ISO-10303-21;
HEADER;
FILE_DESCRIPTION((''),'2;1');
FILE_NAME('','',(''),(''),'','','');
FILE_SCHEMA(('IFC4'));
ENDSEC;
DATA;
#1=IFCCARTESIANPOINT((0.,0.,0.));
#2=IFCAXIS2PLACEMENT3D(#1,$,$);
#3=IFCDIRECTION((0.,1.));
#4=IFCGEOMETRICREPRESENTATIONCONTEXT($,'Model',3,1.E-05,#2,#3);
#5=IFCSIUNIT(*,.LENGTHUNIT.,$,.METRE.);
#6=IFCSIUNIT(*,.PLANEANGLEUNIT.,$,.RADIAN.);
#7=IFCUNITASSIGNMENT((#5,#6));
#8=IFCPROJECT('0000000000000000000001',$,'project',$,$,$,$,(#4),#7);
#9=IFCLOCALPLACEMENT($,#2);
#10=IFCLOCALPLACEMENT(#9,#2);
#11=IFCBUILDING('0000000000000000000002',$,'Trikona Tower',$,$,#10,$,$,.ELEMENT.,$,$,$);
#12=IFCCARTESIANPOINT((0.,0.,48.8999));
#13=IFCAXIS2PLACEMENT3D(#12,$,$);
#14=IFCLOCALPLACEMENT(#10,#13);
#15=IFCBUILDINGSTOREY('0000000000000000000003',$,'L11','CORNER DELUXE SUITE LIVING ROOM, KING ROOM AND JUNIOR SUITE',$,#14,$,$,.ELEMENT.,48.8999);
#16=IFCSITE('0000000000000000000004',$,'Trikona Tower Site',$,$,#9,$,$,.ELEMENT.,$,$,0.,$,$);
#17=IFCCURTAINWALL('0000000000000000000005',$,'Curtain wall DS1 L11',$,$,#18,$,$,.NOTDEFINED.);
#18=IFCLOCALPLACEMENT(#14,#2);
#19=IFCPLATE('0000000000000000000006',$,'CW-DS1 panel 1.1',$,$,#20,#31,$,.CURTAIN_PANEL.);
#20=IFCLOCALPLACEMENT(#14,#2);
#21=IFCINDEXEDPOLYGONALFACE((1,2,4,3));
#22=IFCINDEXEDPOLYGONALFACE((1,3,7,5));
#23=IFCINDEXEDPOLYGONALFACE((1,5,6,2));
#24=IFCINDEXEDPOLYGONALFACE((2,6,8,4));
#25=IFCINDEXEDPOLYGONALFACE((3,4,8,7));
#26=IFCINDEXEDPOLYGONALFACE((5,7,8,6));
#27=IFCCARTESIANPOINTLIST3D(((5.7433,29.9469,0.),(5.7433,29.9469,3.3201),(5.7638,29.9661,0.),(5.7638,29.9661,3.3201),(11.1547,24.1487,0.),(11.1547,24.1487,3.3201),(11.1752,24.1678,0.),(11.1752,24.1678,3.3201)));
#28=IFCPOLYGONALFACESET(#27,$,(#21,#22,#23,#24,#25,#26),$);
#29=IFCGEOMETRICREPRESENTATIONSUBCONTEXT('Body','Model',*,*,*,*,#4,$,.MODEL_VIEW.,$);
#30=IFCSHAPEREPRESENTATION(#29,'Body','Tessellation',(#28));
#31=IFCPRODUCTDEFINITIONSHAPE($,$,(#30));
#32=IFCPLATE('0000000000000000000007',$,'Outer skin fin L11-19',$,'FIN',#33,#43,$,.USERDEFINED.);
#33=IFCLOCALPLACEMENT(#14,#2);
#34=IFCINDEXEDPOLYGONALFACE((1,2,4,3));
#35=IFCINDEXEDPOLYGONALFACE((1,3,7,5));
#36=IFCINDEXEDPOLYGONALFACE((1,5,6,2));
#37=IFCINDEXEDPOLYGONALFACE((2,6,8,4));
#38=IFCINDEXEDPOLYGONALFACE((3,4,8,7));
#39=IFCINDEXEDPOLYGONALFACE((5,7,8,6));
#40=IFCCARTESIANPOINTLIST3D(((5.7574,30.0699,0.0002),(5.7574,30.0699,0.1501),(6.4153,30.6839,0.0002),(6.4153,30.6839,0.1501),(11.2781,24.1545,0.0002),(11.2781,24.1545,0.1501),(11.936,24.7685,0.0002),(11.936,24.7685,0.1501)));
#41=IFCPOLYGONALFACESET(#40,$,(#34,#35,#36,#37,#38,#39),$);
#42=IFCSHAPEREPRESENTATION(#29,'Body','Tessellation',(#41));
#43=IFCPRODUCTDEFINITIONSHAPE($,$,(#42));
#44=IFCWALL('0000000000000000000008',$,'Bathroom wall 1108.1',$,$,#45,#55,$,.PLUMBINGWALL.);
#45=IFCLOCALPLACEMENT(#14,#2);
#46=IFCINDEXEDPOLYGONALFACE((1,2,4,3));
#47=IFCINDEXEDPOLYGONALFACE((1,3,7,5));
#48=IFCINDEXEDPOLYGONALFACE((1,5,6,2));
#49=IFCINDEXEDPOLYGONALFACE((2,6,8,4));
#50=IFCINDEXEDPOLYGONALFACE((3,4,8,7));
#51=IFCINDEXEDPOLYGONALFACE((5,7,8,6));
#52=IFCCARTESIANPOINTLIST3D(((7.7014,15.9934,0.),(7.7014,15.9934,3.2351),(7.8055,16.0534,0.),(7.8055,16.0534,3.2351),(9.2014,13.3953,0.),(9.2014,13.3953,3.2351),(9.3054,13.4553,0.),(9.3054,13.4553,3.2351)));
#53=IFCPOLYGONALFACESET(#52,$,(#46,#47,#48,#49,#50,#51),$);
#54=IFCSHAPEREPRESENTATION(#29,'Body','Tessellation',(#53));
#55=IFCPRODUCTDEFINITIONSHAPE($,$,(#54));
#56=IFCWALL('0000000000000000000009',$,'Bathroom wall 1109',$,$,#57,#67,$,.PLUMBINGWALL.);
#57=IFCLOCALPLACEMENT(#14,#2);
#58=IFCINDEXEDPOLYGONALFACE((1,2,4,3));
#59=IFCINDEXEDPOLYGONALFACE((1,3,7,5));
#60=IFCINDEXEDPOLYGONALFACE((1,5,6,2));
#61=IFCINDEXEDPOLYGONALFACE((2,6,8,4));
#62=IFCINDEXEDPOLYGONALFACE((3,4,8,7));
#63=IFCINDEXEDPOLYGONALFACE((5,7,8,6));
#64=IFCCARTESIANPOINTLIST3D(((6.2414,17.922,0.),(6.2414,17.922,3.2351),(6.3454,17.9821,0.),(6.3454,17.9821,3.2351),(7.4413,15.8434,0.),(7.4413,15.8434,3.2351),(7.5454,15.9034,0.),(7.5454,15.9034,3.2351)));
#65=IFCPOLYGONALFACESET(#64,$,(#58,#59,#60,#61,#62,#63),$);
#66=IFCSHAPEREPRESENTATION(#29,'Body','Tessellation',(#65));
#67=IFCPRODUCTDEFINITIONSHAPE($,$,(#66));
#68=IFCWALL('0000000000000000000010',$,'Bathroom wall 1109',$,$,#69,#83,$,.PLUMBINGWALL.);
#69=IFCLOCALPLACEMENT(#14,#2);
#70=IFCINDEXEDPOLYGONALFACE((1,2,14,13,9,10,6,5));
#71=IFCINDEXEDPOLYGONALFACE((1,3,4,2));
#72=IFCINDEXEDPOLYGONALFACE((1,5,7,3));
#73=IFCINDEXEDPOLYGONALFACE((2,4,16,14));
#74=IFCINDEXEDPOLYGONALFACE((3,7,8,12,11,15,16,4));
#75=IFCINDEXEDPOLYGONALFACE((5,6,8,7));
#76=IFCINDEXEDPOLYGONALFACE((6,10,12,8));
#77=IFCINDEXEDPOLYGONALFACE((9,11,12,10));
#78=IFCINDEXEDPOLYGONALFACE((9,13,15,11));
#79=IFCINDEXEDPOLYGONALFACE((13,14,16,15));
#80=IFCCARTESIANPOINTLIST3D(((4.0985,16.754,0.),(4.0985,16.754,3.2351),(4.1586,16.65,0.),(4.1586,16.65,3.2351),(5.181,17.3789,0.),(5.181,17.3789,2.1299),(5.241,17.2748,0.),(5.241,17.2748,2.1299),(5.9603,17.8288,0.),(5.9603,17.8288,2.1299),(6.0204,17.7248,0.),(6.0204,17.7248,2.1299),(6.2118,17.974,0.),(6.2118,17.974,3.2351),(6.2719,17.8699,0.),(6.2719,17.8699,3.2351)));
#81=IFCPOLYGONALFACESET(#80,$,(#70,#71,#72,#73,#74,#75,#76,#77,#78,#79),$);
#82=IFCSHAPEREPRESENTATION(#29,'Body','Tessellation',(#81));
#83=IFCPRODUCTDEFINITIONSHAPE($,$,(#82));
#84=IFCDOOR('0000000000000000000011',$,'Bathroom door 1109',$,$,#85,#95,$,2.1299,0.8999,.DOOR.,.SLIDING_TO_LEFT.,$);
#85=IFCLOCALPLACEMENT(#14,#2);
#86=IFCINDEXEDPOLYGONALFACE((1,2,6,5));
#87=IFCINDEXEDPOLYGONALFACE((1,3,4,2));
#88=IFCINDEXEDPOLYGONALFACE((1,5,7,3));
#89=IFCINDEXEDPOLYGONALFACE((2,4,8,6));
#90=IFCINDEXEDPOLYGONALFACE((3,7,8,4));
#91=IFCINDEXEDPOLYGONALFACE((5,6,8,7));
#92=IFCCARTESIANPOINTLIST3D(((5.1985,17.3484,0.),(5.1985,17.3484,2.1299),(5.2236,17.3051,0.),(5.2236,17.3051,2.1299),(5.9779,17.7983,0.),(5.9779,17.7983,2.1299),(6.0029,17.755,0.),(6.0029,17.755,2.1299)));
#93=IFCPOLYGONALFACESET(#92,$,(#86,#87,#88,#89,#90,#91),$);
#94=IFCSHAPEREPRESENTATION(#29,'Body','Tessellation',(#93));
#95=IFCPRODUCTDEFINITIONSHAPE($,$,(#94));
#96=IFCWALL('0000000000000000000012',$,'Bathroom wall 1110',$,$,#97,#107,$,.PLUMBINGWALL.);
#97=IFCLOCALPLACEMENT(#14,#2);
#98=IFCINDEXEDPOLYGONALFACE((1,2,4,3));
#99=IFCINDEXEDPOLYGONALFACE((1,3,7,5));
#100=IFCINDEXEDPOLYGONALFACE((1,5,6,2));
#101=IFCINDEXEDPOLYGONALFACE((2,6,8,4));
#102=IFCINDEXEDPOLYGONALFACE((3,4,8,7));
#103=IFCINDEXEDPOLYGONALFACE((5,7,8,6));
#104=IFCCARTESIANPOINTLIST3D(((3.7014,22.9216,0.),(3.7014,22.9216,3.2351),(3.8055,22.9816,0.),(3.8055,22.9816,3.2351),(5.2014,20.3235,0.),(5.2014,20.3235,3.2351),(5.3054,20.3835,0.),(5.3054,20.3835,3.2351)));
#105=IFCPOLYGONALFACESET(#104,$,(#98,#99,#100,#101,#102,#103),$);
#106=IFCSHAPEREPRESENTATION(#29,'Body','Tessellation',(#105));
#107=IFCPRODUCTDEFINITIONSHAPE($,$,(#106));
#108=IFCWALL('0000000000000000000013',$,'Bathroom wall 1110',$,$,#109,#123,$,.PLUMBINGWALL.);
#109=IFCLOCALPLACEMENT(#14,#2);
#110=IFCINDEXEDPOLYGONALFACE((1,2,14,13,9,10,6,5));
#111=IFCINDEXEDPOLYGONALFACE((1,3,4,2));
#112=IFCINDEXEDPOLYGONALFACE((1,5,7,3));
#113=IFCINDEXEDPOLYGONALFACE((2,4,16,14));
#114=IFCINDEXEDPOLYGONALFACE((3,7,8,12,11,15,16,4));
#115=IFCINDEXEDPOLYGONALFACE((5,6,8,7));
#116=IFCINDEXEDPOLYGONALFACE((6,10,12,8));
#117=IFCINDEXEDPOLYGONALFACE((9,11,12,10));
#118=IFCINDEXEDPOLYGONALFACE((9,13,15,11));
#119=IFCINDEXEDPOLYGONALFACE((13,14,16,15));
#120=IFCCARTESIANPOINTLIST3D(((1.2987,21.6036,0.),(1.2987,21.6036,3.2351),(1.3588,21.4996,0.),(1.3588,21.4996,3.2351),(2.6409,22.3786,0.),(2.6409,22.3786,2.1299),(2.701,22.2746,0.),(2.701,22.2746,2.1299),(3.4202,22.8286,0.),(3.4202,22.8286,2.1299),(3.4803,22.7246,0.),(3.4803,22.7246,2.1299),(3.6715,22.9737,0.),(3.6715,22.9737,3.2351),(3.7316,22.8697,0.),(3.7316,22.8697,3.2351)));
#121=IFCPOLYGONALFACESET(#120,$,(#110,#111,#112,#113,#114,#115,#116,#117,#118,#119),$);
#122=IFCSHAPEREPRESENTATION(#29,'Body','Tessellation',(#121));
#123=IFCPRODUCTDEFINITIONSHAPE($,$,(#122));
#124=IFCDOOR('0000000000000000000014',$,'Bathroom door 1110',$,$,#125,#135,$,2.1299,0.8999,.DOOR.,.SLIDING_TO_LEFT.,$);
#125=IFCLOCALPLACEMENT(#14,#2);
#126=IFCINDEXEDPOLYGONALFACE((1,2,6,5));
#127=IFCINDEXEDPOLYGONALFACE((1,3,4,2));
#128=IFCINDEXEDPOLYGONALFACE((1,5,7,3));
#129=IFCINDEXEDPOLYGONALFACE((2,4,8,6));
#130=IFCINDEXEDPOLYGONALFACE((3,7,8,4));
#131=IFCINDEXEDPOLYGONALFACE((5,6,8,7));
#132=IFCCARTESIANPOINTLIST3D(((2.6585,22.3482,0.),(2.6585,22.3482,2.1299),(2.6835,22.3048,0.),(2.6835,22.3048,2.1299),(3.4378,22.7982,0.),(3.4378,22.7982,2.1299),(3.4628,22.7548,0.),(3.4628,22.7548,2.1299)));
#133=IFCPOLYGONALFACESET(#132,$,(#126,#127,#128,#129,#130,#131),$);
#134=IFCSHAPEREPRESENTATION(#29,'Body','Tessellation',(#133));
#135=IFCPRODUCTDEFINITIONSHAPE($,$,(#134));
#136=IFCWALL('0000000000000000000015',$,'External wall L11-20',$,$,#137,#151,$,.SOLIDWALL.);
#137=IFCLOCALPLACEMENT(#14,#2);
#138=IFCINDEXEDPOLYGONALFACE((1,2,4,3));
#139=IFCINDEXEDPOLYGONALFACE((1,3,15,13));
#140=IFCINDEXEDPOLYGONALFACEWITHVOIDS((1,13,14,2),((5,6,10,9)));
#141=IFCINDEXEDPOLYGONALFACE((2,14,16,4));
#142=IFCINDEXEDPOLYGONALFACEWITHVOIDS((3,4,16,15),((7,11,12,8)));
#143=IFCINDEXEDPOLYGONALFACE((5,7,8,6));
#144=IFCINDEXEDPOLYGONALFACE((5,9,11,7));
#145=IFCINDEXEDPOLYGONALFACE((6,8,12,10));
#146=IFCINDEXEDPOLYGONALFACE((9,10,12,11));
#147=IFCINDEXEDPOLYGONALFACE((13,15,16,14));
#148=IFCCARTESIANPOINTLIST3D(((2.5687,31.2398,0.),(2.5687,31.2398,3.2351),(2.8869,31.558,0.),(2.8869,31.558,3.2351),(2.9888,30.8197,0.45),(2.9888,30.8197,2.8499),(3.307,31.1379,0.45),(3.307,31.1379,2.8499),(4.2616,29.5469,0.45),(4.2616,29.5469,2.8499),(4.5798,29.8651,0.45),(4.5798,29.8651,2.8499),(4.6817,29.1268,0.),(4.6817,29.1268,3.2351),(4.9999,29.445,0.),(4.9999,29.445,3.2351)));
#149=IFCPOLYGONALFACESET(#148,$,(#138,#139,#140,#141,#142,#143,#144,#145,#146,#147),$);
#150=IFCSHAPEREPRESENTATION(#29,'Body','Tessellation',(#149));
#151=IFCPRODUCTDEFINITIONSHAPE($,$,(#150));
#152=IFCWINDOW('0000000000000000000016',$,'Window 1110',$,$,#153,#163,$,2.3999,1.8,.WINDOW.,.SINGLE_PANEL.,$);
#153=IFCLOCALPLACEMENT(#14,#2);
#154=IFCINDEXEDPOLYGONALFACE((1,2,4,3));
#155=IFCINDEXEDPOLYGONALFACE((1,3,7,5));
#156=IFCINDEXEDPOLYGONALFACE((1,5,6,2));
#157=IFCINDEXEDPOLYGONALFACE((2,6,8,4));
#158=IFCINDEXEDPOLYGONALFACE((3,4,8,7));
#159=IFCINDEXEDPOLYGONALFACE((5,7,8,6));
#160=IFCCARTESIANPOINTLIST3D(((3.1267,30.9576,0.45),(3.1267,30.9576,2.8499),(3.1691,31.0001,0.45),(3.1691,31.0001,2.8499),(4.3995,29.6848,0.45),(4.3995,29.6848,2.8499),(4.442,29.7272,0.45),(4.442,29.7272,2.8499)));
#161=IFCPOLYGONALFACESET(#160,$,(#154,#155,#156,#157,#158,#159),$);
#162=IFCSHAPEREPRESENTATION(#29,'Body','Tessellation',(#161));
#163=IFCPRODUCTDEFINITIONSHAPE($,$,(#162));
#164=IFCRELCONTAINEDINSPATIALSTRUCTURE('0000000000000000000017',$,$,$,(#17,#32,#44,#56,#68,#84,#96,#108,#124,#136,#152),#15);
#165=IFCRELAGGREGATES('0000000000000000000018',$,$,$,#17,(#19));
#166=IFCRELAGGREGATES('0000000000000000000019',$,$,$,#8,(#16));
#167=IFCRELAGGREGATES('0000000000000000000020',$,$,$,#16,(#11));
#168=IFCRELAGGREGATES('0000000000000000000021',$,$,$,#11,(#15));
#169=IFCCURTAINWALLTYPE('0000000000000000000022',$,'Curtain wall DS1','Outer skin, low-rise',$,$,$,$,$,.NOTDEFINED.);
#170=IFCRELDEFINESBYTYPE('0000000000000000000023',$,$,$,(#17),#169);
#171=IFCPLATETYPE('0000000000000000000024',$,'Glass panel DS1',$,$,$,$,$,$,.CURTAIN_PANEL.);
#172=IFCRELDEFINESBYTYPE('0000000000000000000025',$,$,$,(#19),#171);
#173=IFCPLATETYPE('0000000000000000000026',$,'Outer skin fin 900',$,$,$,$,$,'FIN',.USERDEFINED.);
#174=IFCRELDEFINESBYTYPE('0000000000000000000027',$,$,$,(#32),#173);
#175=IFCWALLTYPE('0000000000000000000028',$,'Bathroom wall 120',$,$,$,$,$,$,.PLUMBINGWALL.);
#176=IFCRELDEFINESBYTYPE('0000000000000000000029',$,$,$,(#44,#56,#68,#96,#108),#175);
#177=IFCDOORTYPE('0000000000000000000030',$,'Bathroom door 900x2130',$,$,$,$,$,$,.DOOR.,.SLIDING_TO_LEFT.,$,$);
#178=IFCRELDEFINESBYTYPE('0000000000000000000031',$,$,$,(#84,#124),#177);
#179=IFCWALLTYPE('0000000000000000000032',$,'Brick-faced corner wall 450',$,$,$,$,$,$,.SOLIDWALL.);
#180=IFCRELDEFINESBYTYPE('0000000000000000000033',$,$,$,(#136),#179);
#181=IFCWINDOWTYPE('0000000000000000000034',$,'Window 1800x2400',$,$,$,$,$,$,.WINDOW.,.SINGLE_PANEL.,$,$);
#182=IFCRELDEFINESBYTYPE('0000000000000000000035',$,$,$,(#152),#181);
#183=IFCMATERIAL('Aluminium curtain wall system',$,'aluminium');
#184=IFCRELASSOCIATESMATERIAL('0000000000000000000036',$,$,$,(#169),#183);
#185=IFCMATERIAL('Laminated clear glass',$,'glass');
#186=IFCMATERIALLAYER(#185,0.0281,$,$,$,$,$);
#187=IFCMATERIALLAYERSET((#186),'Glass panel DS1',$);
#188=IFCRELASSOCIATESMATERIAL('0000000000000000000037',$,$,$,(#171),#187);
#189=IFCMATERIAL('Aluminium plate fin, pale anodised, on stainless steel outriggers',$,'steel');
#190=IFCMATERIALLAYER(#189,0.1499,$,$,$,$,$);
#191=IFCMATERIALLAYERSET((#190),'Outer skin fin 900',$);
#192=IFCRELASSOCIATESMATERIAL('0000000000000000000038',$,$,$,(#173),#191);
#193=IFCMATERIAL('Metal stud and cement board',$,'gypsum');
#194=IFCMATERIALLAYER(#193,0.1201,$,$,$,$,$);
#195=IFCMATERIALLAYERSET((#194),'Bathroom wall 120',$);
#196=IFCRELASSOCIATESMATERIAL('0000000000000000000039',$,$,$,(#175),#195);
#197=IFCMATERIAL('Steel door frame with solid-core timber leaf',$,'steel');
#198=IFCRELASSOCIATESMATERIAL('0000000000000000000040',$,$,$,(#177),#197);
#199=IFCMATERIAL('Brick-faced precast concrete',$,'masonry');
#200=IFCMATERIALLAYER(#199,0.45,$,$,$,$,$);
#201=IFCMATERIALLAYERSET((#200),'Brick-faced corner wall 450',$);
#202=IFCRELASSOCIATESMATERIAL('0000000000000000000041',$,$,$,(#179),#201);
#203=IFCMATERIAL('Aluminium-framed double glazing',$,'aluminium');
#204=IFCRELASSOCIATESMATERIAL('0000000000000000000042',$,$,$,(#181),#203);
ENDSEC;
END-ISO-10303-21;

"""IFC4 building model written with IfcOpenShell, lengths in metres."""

from ifc_helpers import new_model, si_unit, direction, frame, frame_2d, origin, origin_2d, place, context, subcontext, project, spatial, rectangle, extrude, material, layer, layer_set, type_object, element, fill, aggregate, save


model = new_model("IFC4")

# Units and contexts
model_context = context("Model", 3, precision=1e-05, world=origin(), true_north=direction((0.0, 1.0)))
body_context = subcontext(model_context, "Body", "Model", "MODEL_VIEW")
ifc_project = project(units=[si_unit("LENGTHUNIT", "METRE"), si_unit("PLANEANGLEUNIT", "RADIAN")], contexts=[model_context])

# Site, building, storey
site_placement = place(None, origin())
site = spatial("IfcSite", under=ifc_project, at=site_placement, Name="Trikona Tower Site", CompositionType="ELEMENT", RefElevation=0.0)
building_placement = place(site_placement, origin())
building = spatial("IfcBuilding", under=site, at=building_placement, Name="Trikona Tower", CompositionType="ELEMENT")
storey_placement = place(building_placement, frame((0.0, 0.0, 48.8999)))
storey = spatial("IfcBuildingStorey", under=building, at=storey_placement, Name="L11", Description="CORNER DELUXE SUITE LIVING ROOM, KING ROOM AND JUNIOR SUITE", CompositionType="ELEMENT", Elevation=48.8999)

# Curtain wall
ifc_material_1 = material(Name="Aluminium curtain wall system", Category="aluminium")
curtain_wall_type = type_object("IfcCurtainWallType", Name="Curtain wall DS1", Description="Outer skin, low-rise", PredefinedType="NOTDEFINED", material=ifc_material_1)
curtain_wall_placement = place(storey_placement, origin())
curtain_wall = element("IfcCurtainWall", 1, at=curtain_wall_placement, inside=storey, type_object=curtain_wall_type, Name="Curtain wall DS1 L11", PredefinedType="NOTDEFINED")

# Plates
ifc_material_2 = material(Name="Laminated clear glass", Category="glass")
ifc_layer_1 = layer(ifc_material_2, 0.0281)
ifc_layer_set_1 = layer_set([ifc_layer_1], Name="Glass panel DS1")
plate_type_1 = type_object("IfcPlateType", Name="Glass panel DS1", PredefinedType="CURTAIN_PANEL", material=ifc_layer_set_1)
plate_1_placement = place(storey_placement, frame((8.4592, 27.0574, 0.0), z_axis=(0.0, 0.0, 1.0), x_axis=(-0.682295, 0.731077, 0.0)))
plate_1 = element("IfcPlate", 2, at=plate_1_placement, type_object=plate_type_1, Name="CW-DS1 panel 1.1", PredefinedType="CURTAIN_PANEL", context=body_context, shape_type="SweptSolid", body=[
    extrude(rectangle(XDim=7.9312, YDim=0.0281, at=origin_2d()), origin(), (0.0, 0.0, 1.0), 3.3201),
])
aggregate(curtain_wall, [plate_1])
ifc_material_3 = material(Name="Aluminium plate fin, pale anodised, on stainless steel outriggers", Category="steel")
ifc_layer_2 = layer(ifc_material_3, 0.1499)
ifc_layer_set_2 = layer_set([ifc_layer_2], Name="Outer skin fin 900")
plate_type_2 = type_object("IfcPlateType", Name="Outer skin fin 900", ElementType="FIN", PredefinedType="USERDEFINED", material=ifc_layer_set_2)
plate_2_placement = place(storey_placement, frame((8.8467, 27.4192, 0.0002), z_axis=(0.0, 0.0, 1.0), x_axis=(-0.682298, 0.731074, 0.0)))
element("IfcPlate", 3, at=plate_2_placement, inside=storey, type_object=plate_type_2, Name="Outer skin fin L11-19", ObjectType="FIN", PredefinedType="USERDEFINED", context=body_context, shape_type="SweptSolid", body=[
    extrude(rectangle(XDim=8.0913, YDim=0.8999, at=origin_2d()), origin(), (0.0, 0.0, 1.0), 0.1499),
])

# Walls
ifc_material_4 = material(Name="Metal stud and cement board", Category="gypsum")
ifc_layer_3 = layer(ifc_material_4, 0.1201)
ifc_layer_set_3 = layer_set([ifc_layer_3], Name="Bathroom wall 120")
wall_type_1 = type_object("IfcWallType", Name="Bathroom wall 120", PredefinedType="PLUMBINGWALL", material=ifc_layer_set_3)
wall_1_placement = place(storey_placement, frame((9.2534, 13.4253, 0.0), z_axis=(0.0, 0.0, 1.0), x_axis=(-0.49999, 0.866031, 0.0)))
element("IfcWall", 4, at=wall_1_placement, inside=storey, type_object=wall_type_1, Name="Bathroom wall 1108.1", PredefinedType="PLUMBINGWALL", context=body_context, shape_type="SweptSolid", body=[
    extrude(rectangle(XDim=3.0, YDim=0.1201, at=frame_2d((1.5, 0.0))), origin(), (0.0, 0.0, 1.0), 3.2351),
])
wall_2_placement = place(storey_placement, frame((7.4934, 15.8733, 0.0), z_axis=(0.0, 0.0, 1.0), x_axis=(-0.499957, 0.86605, 0.0)))
element("IfcWall", 5, at=wall_2_placement, inside=storey, type_object=wall_type_1, Name="Bathroom wall 1109", PredefinedType="PLUMBINGWALL", context=body_context, shape_type="SweptSolid", body=[
    extrude(rectangle(XDim=2.4001, YDim=0.1201, at=frame_2d((1.2002, 0.0))), origin(), (0.0, 0.0, 1.0), 3.2351),
])

# Wall, opening, door
wall_3_placement = place(storey_placement, frame((4.1284, 16.7019, 0.0), z_axis=(0.0, 0.0, 1.0), x_axis=(0.866049, 0.499959, 0.0)))
wall_3 = element("IfcWall", 6, at=wall_3_placement, inside=storey, type_object=wall_type_1, Name="Bathroom wall 1109", PredefinedType="PLUMBINGWALL", context=body_context, shape_type="SweptSolid", body=[
    extrude(rectangle(XDim=2.4402, YDim=0.1201, at=frame_2d((1.2202, 0.0))), origin(), (0.0, 0.0, 1.0), 3.2351),
])
opening_1_placement = place(wall_3_placement, frame((1.25, 0.0, 0.0)))
opening_1 = element("IfcOpeningElement", 7, at=opening_1_placement, cuts=wall_3, PredefinedType="OPENING", context=body_context, shape_type="SweptSolid", body=[
    extrude(rectangle(XDim=0.8999, YDim=2.1299, at=frame_2d((0.45, 1.0649))), frame((0.0, 0.0701, 0.0), z_axis=(0.0, -1.0, 0.0), x_axis=(1.0, 0.0, 0.0)), (0.0, 0.0, 1.0), 0.1401),
])
ifc_material_5 = material(Name="Steel door frame with solid-core timber leaf", Category="steel")
door_type = type_object("IfcDoorType", Name="Bathroom door 900x2130", OperationType="SLIDING_TO_LEFT", PredefinedType="DOOR", material=ifc_material_5)
door_1_placement = place(opening_1_placement, origin())
door_1 = element("IfcDoor", 8, at=door_1_placement, inside=storey, type_object=door_type, Name="Bathroom door 1109", OperationType="SLIDING_TO_LEFT", OverallHeight=2.1299, OverallWidth=0.8999, PredefinedType="DOOR", context=body_context, shape_type="SweptSolid", body=[
    extrude(rectangle(XDim=0.8999, YDim=2.1299, at=frame_2d((0.45, 1.0649))), frame((0.0, 0.0249, 0.0), z_axis=(0.0, -1.0, 0.0), x_axis=(1.0, 0.0, 0.0)), (0.0, 0.0, 1.0), 0.05),
])
fill(opening_1, door_1)

# Wall
wall_4_placement = place(storey_placement, frame((5.2534, 20.3535, 0.0), z_axis=(0.0, 0.0, 1.0), x_axis=(-0.49999, 0.866031, 0.0)))
element("IfcWall", 9, at=wall_4_placement, inside=storey, type_object=wall_type_1, Name="Bathroom wall 1110", PredefinedType="PLUMBINGWALL", context=body_context, shape_type="SweptSolid", body=[
    extrude(rectangle(XDim=3.0, YDim=0.1201, at=frame_2d((1.5, 0.0))), origin(), (0.0, 0.0, 1.0), 3.2351),
])

# Wall, opening, door
wall_5_placement = place(storey_placement, frame((1.3286, 21.5515, 0.0), z_axis=(0.0, 0.0, 1.0), x_axis=(0.865997, 0.500049, 0.0)))
wall_5 = element("IfcWall", 10, at=wall_5_placement, inside=storey, type_object=wall_type_1, Name="Bathroom wall 1110", PredefinedType="PLUMBINGWALL", context=body_context, shape_type="SweptSolid", body=[
    extrude(rectangle(XDim=2.74, YDim=0.1201, at=frame_2d((1.3701, 0.0))), origin(), (0.0, 0.0, 1.0), 3.2351),
])
opening_2_placement = place(wall_5_placement, frame((1.55, 0.0, 0.0)))
opening_2 = element("IfcOpeningElement", 11, at=opening_2_placement, cuts=wall_5, PredefinedType="OPENING", context=body_context, shape_type="SweptSolid", body=[
    extrude(rectangle(XDim=0.8999, YDim=2.1299, at=frame_2d((0.45, 1.0649))), frame((0.0, 0.0701, 0.0), z_axis=(0.0, -1.0, 0.0), x_axis=(1.0, 0.0, 0.0)), (0.0, 0.0, 1.0), 0.1401),
])
door_2_placement = place(opening_2_placement, origin())
door_2 = element("IfcDoor", 12, at=door_2_placement, inside=storey, type_object=door_type, Name="Bathroom door 1110", OperationType="SLIDING_TO_LEFT", OverallHeight=2.1299, OverallWidth=0.8999, PredefinedType="DOOR", context=body_context, shape_type="SweptSolid", body=[
    extrude(rectangle(XDim=0.8999, YDim=2.1299, at=frame_2d((0.45, 1.0649))), frame((0.0, 0.0249, 0.0), z_axis=(0.0, -1.0, 0.0), x_axis=(1.0, 0.0, 0.0)), (0.0, 0.0, 1.0), 0.05),
])
fill(opening_2, door_2)

# Wall, opening, window
ifc_material_6 = material(Name="Brick-faced precast concrete", Category="masonry")
ifc_layer_4 = layer(ifc_material_6, 0.45)
ifc_layer_set_4 = layer_set([ifc_layer_4], Name="Brick-faced corner wall 450")
wall_type_2 = type_object("IfcWallType", Name="Brick-faced corner wall 450", PredefinedType="SOLIDWALL", material=ifc_layer_set_4)
wall_6_placement = place(storey_placement, frame((4.8408, 29.2859, 0.0), z_axis=(0.0, 0.0, 1.0), x_axis=(-0.707107, 0.707107, 0.0)))
wall_6 = element("IfcWall", 13, at=wall_6_placement, inside=storey, type_object=wall_type_2, Name="External wall L11-20", PredefinedType="SOLIDWALL", context=body_context, shape_type="SweptSolid", body=[
    extrude(rectangle(XDim=2.9883, YDim=0.45, at=frame_2d((1.4941, 0.0))), origin(), (0.0, 0.0, 1.0), 3.2351),
])
opening_3_placement = place(wall_6_placement, frame((0.5942, 0.0, 0.45)))
opening_3 = element("IfcOpeningElement", 14, at=opening_3_placement, cuts=wall_6, PredefinedType="OPENING", context=body_context, shape_type="SweptSolid", body=[
    extrude(rectangle(XDim=1.8, YDim=2.3999, at=frame_2d((0.8999, 1.2))), frame((0.0, 0.2349, 0.0), z_axis=(0.0, -1.0, 0.0), x_axis=(1.0, 0.0, 0.0)), (0.0, 0.0, 1.0), 0.47),
])
ifc_material_7 = material(Name="Aluminium-framed double glazing", Category="aluminium")
window_type_1 = type_object("IfcWindowType", Name="Window 1800x2400", PartitioningType="SINGLE_PANEL", PredefinedType="WINDOW", material=ifc_material_7)
window_1_placement = place(opening_3_placement, origin())
window_1 = element("IfcWindow", 15, at=window_1_placement, inside=storey, type_object=window_type_1, Name="Window 1110", OverallHeight=2.3999, OverallWidth=1.8, PartitioningType="SINGLE_PANEL", PredefinedType="WINDOW", context=body_context, shape_type="SweptSolid", body=[
    extrude(rectangle(XDim=1.8, YDim=2.3999, at=frame_2d((0.8999, 1.2))), frame((0.0, 0.03, 0.0), z_axis=(0.0, -1.0, 0.0), x_axis=(1.0, 0.0, 0.0)), (0.0, 0.0, 1.0), 0.0601),
])
fill(opening_3, window_1)

save(model, "model.ifc")
